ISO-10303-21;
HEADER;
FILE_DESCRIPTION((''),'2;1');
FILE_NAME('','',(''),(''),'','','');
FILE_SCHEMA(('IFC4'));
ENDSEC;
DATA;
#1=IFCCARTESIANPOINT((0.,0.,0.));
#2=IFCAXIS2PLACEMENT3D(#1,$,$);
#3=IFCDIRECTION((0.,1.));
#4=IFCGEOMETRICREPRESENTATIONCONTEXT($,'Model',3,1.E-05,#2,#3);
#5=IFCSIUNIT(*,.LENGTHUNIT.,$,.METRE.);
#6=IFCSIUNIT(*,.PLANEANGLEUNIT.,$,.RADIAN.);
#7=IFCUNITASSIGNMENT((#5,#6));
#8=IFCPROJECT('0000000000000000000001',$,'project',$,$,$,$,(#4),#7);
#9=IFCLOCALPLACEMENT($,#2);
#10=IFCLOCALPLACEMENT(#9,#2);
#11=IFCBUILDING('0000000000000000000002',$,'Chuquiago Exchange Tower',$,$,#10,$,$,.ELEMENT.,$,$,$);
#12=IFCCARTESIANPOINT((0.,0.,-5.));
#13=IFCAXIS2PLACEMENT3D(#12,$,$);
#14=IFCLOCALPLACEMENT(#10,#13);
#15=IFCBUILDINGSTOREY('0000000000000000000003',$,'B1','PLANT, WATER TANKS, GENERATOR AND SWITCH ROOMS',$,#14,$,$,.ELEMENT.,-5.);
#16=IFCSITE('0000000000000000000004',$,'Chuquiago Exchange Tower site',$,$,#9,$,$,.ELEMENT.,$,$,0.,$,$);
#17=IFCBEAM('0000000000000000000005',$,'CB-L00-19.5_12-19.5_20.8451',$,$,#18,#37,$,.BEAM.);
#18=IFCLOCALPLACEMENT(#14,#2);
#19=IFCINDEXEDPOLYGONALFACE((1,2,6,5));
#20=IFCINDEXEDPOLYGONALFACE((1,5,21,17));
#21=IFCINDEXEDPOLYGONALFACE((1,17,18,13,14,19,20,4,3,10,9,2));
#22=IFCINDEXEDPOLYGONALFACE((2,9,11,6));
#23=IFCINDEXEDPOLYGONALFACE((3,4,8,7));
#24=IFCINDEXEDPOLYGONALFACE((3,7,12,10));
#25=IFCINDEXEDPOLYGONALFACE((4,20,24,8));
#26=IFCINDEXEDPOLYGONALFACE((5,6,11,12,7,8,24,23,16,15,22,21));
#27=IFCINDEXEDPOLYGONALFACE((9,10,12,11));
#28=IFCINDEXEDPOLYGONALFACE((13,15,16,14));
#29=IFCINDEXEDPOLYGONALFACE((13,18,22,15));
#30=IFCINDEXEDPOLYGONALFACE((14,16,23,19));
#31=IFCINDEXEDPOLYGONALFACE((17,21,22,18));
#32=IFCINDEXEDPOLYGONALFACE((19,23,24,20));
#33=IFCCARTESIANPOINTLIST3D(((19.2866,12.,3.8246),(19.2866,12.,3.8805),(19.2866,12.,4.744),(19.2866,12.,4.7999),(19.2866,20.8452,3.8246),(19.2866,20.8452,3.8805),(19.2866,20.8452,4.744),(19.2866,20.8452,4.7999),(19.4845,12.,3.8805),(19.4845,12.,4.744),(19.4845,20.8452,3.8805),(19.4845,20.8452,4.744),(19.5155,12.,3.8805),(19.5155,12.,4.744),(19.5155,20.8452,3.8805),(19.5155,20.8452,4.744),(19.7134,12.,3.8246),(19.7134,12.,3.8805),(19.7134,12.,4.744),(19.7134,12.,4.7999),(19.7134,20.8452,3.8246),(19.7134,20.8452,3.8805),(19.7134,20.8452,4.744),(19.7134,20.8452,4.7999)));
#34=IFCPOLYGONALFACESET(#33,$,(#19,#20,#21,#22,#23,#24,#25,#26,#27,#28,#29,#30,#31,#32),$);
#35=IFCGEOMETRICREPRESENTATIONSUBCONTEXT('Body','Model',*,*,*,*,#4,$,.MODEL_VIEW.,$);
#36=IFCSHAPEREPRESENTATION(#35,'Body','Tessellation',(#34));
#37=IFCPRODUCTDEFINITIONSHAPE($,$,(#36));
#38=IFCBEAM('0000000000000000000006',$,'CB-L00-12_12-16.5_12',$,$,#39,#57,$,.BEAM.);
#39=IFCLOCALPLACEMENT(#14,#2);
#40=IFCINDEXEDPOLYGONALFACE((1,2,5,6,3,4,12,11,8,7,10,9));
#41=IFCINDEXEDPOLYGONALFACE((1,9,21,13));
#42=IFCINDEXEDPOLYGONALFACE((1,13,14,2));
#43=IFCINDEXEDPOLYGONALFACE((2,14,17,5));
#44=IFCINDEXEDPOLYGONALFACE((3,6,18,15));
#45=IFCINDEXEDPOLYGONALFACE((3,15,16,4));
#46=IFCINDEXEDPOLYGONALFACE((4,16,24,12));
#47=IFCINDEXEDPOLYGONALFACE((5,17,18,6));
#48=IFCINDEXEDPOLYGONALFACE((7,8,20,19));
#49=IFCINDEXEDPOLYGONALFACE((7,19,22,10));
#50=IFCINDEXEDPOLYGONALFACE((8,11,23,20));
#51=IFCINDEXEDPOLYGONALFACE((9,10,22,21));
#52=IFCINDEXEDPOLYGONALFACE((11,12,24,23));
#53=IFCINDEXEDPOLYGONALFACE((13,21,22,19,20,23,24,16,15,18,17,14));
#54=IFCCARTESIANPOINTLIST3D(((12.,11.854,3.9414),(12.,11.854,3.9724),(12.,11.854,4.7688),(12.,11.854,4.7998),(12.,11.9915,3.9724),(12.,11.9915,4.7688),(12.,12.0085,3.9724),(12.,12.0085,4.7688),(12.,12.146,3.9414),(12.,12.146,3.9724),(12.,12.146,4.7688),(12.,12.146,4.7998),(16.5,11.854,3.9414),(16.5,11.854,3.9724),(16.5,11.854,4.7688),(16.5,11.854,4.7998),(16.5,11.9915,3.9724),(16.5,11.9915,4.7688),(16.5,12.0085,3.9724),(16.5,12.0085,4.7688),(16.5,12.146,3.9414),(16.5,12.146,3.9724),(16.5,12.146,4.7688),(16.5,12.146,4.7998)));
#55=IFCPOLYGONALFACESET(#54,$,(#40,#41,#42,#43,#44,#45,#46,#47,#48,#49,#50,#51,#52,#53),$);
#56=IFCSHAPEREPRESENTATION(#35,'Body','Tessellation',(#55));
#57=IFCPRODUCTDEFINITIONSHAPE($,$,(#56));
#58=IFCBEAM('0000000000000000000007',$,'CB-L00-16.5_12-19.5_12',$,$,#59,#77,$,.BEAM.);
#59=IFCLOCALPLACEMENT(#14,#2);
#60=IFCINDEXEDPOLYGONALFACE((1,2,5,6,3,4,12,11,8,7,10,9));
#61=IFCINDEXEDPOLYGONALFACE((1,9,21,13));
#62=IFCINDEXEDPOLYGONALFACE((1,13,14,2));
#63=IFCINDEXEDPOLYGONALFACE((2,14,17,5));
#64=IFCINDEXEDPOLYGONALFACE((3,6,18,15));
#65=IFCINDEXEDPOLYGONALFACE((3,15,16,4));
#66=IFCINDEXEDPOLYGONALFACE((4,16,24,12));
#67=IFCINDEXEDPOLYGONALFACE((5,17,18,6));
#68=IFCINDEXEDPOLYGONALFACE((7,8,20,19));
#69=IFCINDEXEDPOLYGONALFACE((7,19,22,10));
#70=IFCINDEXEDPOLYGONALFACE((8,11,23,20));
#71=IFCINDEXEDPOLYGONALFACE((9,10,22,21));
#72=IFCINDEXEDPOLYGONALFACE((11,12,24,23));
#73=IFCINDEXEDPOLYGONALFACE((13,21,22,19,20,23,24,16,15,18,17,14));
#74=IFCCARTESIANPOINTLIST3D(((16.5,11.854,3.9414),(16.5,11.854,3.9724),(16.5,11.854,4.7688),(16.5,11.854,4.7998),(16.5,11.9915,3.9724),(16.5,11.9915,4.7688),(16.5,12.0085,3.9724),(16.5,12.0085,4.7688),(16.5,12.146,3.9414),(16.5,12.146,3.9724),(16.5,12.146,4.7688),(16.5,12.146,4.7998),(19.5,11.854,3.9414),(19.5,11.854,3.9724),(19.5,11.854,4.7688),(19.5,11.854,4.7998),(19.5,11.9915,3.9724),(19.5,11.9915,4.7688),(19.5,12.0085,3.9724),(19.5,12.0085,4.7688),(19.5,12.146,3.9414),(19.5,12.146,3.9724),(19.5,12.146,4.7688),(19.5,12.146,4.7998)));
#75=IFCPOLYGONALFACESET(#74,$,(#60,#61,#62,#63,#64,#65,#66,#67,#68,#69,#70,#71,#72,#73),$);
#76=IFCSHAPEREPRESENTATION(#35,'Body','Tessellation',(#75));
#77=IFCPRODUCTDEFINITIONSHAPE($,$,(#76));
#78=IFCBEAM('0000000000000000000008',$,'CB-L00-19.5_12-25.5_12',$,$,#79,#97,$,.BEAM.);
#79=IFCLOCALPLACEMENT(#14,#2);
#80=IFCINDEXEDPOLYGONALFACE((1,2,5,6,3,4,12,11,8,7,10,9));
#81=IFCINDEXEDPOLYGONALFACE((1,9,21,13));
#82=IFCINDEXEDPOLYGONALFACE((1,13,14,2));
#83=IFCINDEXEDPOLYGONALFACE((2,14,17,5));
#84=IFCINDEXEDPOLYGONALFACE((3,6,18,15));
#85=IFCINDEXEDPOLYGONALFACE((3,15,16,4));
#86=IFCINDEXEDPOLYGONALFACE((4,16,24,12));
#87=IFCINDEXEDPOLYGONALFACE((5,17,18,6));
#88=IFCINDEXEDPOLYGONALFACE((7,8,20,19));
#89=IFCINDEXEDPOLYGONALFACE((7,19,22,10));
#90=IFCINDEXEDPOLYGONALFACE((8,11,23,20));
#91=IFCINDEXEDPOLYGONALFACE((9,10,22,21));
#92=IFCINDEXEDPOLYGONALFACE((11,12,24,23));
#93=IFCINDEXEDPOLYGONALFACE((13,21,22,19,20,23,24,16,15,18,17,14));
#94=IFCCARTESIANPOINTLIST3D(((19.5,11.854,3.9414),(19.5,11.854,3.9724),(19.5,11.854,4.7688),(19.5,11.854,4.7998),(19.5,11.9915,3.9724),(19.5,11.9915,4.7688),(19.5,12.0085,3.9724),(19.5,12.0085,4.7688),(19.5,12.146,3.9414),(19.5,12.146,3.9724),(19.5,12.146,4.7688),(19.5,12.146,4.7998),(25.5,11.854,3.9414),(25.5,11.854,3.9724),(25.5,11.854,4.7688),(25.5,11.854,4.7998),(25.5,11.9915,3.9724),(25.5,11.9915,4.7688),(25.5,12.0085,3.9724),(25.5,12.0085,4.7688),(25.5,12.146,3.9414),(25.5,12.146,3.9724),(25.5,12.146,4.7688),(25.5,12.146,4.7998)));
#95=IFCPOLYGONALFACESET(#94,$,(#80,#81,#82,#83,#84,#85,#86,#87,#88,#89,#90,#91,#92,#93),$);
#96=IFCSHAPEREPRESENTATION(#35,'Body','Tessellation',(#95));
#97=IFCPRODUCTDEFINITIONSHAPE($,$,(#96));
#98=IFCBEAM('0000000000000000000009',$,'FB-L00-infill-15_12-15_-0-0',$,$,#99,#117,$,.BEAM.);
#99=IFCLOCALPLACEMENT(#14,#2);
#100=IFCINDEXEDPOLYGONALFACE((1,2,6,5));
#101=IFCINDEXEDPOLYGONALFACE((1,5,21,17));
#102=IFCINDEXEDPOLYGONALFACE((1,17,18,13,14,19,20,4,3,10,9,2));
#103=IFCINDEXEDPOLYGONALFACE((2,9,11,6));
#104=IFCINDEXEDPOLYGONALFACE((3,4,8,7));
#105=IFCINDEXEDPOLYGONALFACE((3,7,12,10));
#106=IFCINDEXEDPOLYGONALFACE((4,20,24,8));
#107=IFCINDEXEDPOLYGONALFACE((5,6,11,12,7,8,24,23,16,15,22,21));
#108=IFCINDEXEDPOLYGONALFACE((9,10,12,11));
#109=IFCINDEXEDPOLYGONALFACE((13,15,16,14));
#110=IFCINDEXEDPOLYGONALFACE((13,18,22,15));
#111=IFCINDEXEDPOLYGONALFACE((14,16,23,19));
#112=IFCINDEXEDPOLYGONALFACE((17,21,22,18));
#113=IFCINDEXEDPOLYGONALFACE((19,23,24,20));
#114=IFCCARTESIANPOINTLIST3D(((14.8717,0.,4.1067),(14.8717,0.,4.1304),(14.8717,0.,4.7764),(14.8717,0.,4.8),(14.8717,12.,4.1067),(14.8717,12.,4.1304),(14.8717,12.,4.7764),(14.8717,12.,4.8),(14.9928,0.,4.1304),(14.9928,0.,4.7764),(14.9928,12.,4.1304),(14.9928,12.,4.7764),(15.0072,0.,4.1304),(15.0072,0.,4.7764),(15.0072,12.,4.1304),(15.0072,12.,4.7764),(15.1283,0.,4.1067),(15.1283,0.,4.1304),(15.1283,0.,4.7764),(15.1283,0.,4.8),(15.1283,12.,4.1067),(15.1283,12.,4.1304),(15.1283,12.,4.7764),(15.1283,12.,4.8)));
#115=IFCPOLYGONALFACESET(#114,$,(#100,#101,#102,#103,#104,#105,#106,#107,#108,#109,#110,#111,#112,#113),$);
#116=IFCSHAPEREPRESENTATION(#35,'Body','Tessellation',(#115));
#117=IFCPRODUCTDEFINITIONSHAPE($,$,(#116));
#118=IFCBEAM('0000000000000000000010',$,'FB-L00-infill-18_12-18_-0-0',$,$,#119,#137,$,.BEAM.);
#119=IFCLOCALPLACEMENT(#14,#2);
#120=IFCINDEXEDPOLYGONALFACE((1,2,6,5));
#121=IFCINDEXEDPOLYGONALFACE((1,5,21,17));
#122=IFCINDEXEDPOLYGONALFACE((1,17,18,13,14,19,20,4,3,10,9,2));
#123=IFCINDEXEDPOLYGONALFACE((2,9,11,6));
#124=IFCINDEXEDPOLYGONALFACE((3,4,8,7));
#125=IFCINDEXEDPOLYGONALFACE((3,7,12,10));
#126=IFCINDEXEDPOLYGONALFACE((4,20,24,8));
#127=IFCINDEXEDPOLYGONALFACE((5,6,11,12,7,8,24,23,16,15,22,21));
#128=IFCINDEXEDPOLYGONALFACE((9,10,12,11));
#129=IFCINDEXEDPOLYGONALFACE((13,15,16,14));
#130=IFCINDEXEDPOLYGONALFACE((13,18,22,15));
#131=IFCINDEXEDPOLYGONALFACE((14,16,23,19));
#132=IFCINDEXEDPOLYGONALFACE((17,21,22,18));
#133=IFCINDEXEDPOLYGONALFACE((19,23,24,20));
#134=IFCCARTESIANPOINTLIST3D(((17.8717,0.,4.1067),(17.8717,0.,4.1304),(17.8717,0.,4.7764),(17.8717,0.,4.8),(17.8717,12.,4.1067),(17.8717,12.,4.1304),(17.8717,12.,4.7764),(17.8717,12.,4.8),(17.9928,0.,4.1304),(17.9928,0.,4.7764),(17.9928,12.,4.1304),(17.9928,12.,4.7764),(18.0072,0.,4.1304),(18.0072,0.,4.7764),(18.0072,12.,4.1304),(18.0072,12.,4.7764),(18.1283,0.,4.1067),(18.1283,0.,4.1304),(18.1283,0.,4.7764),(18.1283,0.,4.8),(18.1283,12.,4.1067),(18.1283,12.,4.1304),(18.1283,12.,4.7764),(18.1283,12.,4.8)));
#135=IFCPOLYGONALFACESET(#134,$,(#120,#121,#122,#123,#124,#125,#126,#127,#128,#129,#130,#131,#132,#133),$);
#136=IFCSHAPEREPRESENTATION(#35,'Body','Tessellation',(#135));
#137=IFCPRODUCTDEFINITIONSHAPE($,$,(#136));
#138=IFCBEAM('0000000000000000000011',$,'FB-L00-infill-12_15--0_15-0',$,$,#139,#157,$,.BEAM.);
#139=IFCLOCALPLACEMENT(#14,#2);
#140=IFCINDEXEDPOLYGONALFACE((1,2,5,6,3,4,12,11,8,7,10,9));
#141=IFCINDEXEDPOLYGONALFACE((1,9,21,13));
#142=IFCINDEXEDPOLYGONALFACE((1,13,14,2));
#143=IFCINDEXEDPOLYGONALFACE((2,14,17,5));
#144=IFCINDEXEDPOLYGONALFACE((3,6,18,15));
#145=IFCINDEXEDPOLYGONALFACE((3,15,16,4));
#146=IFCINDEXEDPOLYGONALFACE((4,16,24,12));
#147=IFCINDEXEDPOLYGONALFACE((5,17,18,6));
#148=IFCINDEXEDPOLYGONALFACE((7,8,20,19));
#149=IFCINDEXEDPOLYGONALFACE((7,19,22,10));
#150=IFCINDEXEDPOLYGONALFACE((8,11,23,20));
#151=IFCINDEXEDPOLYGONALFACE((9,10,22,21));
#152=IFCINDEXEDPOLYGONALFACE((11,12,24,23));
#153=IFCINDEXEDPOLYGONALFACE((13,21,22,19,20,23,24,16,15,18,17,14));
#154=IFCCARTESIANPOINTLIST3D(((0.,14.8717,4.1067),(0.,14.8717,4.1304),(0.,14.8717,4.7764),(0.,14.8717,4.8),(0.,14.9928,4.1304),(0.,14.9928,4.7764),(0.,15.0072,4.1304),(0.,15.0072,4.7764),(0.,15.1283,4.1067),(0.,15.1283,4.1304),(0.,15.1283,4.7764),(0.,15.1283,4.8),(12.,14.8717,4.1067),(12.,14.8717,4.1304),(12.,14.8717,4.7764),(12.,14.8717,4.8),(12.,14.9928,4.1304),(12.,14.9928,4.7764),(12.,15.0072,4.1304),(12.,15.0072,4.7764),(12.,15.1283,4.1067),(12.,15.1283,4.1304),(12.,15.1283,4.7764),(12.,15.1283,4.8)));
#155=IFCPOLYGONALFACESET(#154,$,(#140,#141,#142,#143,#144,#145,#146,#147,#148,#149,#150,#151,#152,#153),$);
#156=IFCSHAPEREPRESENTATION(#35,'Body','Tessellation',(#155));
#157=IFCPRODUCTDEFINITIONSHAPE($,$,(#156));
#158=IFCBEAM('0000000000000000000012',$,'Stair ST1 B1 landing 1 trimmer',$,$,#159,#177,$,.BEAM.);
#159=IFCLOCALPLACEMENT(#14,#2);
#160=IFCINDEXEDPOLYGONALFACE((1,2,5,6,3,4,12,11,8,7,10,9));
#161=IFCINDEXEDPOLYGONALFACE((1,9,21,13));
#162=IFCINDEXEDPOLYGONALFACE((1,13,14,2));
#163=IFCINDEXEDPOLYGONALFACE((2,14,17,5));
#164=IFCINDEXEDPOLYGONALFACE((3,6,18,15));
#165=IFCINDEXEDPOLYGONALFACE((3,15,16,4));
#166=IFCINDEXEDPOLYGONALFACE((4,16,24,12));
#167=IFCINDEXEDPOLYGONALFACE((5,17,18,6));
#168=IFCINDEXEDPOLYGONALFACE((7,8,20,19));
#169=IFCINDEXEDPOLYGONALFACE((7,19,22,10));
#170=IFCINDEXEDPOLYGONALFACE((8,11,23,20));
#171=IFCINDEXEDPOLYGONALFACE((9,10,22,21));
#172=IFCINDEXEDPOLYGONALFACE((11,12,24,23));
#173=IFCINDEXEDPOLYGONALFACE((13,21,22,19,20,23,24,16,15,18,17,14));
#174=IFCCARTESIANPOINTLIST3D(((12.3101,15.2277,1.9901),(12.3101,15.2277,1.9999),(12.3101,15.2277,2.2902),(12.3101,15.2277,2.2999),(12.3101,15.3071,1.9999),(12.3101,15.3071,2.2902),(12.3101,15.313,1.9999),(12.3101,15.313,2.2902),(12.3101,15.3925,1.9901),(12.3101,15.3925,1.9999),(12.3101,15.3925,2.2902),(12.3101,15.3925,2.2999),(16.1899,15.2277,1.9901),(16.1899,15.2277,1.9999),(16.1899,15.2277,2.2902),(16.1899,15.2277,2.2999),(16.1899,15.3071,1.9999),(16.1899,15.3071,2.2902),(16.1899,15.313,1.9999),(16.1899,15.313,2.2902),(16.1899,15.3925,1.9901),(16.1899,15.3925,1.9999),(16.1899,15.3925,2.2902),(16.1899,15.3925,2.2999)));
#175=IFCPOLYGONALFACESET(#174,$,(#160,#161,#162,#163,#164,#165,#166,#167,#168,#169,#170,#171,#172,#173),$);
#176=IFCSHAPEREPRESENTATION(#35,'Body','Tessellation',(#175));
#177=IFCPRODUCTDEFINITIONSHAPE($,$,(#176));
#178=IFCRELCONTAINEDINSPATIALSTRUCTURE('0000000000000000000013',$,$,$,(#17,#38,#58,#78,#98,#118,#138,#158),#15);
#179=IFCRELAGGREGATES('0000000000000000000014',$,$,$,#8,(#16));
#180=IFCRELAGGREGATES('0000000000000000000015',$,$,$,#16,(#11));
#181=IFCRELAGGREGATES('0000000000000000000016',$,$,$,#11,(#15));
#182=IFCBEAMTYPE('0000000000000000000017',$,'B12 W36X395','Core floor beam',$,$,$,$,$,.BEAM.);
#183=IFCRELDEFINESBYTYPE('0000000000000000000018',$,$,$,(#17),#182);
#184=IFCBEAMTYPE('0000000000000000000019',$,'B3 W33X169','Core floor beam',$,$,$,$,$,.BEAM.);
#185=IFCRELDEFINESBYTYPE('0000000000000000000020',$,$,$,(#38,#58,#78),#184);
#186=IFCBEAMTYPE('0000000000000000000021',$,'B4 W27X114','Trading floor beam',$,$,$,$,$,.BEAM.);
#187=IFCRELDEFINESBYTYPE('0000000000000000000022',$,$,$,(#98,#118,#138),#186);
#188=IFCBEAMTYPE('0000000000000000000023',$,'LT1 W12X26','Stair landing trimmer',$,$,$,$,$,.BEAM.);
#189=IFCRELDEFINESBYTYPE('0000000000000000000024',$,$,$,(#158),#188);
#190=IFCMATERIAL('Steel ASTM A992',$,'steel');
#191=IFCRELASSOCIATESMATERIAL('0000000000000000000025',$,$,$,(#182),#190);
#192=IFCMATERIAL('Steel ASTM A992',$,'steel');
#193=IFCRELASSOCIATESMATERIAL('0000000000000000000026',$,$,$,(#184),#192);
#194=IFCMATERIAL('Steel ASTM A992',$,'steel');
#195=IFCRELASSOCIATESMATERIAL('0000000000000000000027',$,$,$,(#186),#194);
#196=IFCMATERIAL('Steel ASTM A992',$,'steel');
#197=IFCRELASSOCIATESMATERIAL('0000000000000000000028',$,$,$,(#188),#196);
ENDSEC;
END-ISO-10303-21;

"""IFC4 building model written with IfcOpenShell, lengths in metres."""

from ifc_helpers import new_model, si_unit, direction, frame, origin, origin_2d, place, context, subcontext, project, spatial, i_section, extrude, material, material_profile, profile_set, type_object, element, save


model = new_model("IFC4")

# Units and contexts
model_context = context("Model", 3, precision=1e-05, world=origin(), true_north=direction((0.0, 1.0)))
body_context = subcontext(model_context, "Body", "Model", "MODEL_VIEW")
ifc_project = project(units=[si_unit("LENGTHUNIT", "METRE"), si_unit("PLANEANGLEUNIT", "RADIAN")], contexts=[model_context])

# Site, building, storey
site_placement = place(None, origin())
site = spatial("IfcSite", under=ifc_project, at=site_placement, Name="Chuquiago Exchange Tower site", CompositionType="ELEMENT", RefElevation=0.0)
building_placement = place(site_placement, origin())
building = spatial("IfcBuilding", under=site, at=building_placement, Name="Chuquiago Exchange Tower", CompositionType="ELEMENT")
storey_placement = place(building_placement, frame((0.0, 0.0, -5.0)))
storey = spatial("IfcBuildingStorey", under=building, at=storey_placement, Name="B1", Description="PLANT, WATER TANKS, GENERATOR AND SWITCH ROOMS", CompositionType="ELEMENT", Elevation=-5.0)

# Beams
ifc_material_1 = material(Name="Steel ASTM A992", Category="steel")
ifc_material_profile_1 = material_profile(ifc_material_1, i_section(OverallWidth=0.4268, OverallDepth=0.9753, WebThickness=0.031, FlangeThickness=0.0559, at=origin_2d()), Name="W36X395")
ifc_profile_set_1 = profile_set([ifc_material_profile_1], Name="Steel ASTM A992")
beam_type_1 = type_object("IfcBeamType", Name="B12 W36X395", Description="Core floor beam", PredefinedType="BEAM", material=ifc_profile_set_1)
beam_1_placement = place(storey_placement, frame((19.5, 12.0, 4.3123), z_axis=(0.0, 1.0, 0.0), x_axis=(-1.0, 0.0, 0.0)))
element("IfcBeam", 1, at=beam_1_placement, inside=storey, type_object=beam_type_1, Name="CB-L00-19.5_12-19.5_20.8451", PredefinedType="BEAM", context=body_context, shape_type="SweptSolid", body=[
    extrude(i_section(OverallWidth=0.4268, OverallDepth=0.9753, WebThickness=0.031, FlangeThickness=0.0559, at=origin_2d()), origin(), (0.0, 0.0, 1.0), 8.8452),
])
ifc_material_2 = material(Name="Steel ASTM A992", Category="steel")
ifc_material_profile_2 = material_profile(ifc_material_2, i_section(OverallWidth=0.292, OverallDepth=0.8584, WebThickness=0.0171, FlangeThickness=0.031, at=origin_2d()), Name="W33X169")
ifc_profile_set_2 = profile_set([ifc_material_profile_2], Name="Steel ASTM A992")
beam_type_2 = type_object("IfcBeamType", Name="B3 W33X169", Description="Core floor beam", PredefinedType="BEAM", material=ifc_profile_set_2)
beam_2_placement = place(storey_placement, frame((12.0, 12.0, 4.3706), z_axis=(1.0, 0.0, 0.0), x_axis=(0.0, 1.0, 0.0)))
element("IfcBeam", 2, at=beam_2_placement, inside=storey, type_object=beam_type_2, Name="CB-L00-12_12-16.5_12", PredefinedType="BEAM", context=body_context, shape_type="SweptSolid", body=[
    extrude(i_section(OverallWidth=0.292, OverallDepth=0.8584, WebThickness=0.0171, FlangeThickness=0.031, at=origin_2d()), origin(), (0.0, 0.0, 1.0), 4.5),
])
beam_3_placement = place(storey_placement, frame((16.5, 12.0, 4.3706), z_axis=(1.0, 0.0, 0.0), x_axis=(0.0, 1.0, 0.0)))
element("IfcBeam", 3, at=beam_3_placement, inside=storey, type_object=beam_type_2, Name="CB-L00-16.5_12-19.5_12", PredefinedType="BEAM", context=body_context, shape_type="SweptSolid", body=[
    extrude(i_section(OverallWidth=0.292, OverallDepth=0.8584, WebThickness=0.0171, FlangeThickness=0.031, at=origin_2d()), origin(), (0.0, 0.0, 1.0), 3.0),
])
beam_4_placement = place(storey_placement, frame((19.5, 12.0, 4.3706), z_axis=(1.0, 0.0, 0.0), x_axis=(0.0, 1.0, 0.0)))
element("IfcBeam", 4, at=beam_4_placement, inside=storey, type_object=beam_type_2, Name="CB-L00-19.5_12-25.5_12", PredefinedType="BEAM", context=body_context, shape_type="SweptSolid", body=[
    extrude(i_section(OverallWidth=0.292, OverallDepth=0.8584, WebThickness=0.0171, FlangeThickness=0.031, at=origin_2d()), origin(), (0.0, 0.0, 1.0), 6.0),
])
ifc_material_3 = material(Name="Steel ASTM A992", Category="steel")
ifc_material_profile_3 = material_profile(ifc_material_3, i_section(OverallWidth=0.2566, OverallDepth=0.6934, WebThickness=0.0144, FlangeThickness=0.0237, at=origin_2d()), Name="W27X114")
ifc_profile_set_3 = profile_set([ifc_material_profile_3], Name="Steel ASTM A992")
beam_type_3 = type_object("IfcBeamType", Name="B4 W27X114", Description="Trading floor beam", PredefinedType="BEAM", material=ifc_profile_set_3)
for number, where, z_axis, x_axis, name in (
    (5, (15.0, 12.0, 4.4534), (0.0, -1.0, 0.0), (1.0, 0.0, 0.0), "FB-L00-infill-15_12-15_-0-0"),
    (6, (18.0, 12.0, 4.4534), (0.0, -1.0, 0.0), (1.0, 0.0, 0.0), "FB-L00-infill-18_12-18_-0-0"),
    (7, (12.0, 15.0, 4.4534), (-1.0, 0.0, 0.0), (0.0, -1.0, 0.0), "FB-L00-infill-12_15--0_15-0"),
):
    element("IfcBeam", number, at=place(storey_placement, frame(where, z_axis=z_axis, x_axis=x_axis)), inside=storey, type_object=beam_type_3, Name=name, PredefinedType="BEAM", context=body_context, shape_type="SweptSolid", body=[
        extrude(i_section(OverallWidth=0.2566, OverallDepth=0.6934, WebThickness=0.0144, FlangeThickness=0.0237, at=origin_2d()), origin(), (0.0, 0.0, 1.0), 12.0),
    ])
ifc_material_4 = material(Name="Steel ASTM A992", Category="steel")
ifc_material_profile_4 = material_profile(ifc_material_4, i_section(OverallWidth=0.1648, OverallDepth=0.3098, WebThickness=0.0059, FlangeThickness=0.0098, at=origin_2d()), Name="W12X26")
ifc_profile_set_4 = profile_set([ifc_material_profile_4], Name="Steel ASTM A992")
beam_type_4 = type_object("IfcBeamType", Name="LT1 W12X26", Description="Stair landing trimmer", PredefinedType="BEAM", material=ifc_profile_set_4)
beam_5_placement = place(storey_placement, frame((12.3101, 15.3101, 2.145), z_axis=(1.0, 0.0, 0.0), x_axis=(0.0, 1.0, 0.0)))
element("IfcBeam", 8, at=beam_5_placement, inside=storey, type_object=beam_type_4, Name="Stair ST1 B1 landing 1 trimmer", PredefinedType="BEAM", context=body_context, shape_type="SweptSolid", body=[
    extrude(i_section(OverallWidth=0.1648, OverallDepth=0.3098, WebThickness=0.0059, FlangeThickness=0.0098, at=origin_2d()), origin(), (0.0, 0.0, 1.0), 3.8799),
])

save(model, "model.ifc")
